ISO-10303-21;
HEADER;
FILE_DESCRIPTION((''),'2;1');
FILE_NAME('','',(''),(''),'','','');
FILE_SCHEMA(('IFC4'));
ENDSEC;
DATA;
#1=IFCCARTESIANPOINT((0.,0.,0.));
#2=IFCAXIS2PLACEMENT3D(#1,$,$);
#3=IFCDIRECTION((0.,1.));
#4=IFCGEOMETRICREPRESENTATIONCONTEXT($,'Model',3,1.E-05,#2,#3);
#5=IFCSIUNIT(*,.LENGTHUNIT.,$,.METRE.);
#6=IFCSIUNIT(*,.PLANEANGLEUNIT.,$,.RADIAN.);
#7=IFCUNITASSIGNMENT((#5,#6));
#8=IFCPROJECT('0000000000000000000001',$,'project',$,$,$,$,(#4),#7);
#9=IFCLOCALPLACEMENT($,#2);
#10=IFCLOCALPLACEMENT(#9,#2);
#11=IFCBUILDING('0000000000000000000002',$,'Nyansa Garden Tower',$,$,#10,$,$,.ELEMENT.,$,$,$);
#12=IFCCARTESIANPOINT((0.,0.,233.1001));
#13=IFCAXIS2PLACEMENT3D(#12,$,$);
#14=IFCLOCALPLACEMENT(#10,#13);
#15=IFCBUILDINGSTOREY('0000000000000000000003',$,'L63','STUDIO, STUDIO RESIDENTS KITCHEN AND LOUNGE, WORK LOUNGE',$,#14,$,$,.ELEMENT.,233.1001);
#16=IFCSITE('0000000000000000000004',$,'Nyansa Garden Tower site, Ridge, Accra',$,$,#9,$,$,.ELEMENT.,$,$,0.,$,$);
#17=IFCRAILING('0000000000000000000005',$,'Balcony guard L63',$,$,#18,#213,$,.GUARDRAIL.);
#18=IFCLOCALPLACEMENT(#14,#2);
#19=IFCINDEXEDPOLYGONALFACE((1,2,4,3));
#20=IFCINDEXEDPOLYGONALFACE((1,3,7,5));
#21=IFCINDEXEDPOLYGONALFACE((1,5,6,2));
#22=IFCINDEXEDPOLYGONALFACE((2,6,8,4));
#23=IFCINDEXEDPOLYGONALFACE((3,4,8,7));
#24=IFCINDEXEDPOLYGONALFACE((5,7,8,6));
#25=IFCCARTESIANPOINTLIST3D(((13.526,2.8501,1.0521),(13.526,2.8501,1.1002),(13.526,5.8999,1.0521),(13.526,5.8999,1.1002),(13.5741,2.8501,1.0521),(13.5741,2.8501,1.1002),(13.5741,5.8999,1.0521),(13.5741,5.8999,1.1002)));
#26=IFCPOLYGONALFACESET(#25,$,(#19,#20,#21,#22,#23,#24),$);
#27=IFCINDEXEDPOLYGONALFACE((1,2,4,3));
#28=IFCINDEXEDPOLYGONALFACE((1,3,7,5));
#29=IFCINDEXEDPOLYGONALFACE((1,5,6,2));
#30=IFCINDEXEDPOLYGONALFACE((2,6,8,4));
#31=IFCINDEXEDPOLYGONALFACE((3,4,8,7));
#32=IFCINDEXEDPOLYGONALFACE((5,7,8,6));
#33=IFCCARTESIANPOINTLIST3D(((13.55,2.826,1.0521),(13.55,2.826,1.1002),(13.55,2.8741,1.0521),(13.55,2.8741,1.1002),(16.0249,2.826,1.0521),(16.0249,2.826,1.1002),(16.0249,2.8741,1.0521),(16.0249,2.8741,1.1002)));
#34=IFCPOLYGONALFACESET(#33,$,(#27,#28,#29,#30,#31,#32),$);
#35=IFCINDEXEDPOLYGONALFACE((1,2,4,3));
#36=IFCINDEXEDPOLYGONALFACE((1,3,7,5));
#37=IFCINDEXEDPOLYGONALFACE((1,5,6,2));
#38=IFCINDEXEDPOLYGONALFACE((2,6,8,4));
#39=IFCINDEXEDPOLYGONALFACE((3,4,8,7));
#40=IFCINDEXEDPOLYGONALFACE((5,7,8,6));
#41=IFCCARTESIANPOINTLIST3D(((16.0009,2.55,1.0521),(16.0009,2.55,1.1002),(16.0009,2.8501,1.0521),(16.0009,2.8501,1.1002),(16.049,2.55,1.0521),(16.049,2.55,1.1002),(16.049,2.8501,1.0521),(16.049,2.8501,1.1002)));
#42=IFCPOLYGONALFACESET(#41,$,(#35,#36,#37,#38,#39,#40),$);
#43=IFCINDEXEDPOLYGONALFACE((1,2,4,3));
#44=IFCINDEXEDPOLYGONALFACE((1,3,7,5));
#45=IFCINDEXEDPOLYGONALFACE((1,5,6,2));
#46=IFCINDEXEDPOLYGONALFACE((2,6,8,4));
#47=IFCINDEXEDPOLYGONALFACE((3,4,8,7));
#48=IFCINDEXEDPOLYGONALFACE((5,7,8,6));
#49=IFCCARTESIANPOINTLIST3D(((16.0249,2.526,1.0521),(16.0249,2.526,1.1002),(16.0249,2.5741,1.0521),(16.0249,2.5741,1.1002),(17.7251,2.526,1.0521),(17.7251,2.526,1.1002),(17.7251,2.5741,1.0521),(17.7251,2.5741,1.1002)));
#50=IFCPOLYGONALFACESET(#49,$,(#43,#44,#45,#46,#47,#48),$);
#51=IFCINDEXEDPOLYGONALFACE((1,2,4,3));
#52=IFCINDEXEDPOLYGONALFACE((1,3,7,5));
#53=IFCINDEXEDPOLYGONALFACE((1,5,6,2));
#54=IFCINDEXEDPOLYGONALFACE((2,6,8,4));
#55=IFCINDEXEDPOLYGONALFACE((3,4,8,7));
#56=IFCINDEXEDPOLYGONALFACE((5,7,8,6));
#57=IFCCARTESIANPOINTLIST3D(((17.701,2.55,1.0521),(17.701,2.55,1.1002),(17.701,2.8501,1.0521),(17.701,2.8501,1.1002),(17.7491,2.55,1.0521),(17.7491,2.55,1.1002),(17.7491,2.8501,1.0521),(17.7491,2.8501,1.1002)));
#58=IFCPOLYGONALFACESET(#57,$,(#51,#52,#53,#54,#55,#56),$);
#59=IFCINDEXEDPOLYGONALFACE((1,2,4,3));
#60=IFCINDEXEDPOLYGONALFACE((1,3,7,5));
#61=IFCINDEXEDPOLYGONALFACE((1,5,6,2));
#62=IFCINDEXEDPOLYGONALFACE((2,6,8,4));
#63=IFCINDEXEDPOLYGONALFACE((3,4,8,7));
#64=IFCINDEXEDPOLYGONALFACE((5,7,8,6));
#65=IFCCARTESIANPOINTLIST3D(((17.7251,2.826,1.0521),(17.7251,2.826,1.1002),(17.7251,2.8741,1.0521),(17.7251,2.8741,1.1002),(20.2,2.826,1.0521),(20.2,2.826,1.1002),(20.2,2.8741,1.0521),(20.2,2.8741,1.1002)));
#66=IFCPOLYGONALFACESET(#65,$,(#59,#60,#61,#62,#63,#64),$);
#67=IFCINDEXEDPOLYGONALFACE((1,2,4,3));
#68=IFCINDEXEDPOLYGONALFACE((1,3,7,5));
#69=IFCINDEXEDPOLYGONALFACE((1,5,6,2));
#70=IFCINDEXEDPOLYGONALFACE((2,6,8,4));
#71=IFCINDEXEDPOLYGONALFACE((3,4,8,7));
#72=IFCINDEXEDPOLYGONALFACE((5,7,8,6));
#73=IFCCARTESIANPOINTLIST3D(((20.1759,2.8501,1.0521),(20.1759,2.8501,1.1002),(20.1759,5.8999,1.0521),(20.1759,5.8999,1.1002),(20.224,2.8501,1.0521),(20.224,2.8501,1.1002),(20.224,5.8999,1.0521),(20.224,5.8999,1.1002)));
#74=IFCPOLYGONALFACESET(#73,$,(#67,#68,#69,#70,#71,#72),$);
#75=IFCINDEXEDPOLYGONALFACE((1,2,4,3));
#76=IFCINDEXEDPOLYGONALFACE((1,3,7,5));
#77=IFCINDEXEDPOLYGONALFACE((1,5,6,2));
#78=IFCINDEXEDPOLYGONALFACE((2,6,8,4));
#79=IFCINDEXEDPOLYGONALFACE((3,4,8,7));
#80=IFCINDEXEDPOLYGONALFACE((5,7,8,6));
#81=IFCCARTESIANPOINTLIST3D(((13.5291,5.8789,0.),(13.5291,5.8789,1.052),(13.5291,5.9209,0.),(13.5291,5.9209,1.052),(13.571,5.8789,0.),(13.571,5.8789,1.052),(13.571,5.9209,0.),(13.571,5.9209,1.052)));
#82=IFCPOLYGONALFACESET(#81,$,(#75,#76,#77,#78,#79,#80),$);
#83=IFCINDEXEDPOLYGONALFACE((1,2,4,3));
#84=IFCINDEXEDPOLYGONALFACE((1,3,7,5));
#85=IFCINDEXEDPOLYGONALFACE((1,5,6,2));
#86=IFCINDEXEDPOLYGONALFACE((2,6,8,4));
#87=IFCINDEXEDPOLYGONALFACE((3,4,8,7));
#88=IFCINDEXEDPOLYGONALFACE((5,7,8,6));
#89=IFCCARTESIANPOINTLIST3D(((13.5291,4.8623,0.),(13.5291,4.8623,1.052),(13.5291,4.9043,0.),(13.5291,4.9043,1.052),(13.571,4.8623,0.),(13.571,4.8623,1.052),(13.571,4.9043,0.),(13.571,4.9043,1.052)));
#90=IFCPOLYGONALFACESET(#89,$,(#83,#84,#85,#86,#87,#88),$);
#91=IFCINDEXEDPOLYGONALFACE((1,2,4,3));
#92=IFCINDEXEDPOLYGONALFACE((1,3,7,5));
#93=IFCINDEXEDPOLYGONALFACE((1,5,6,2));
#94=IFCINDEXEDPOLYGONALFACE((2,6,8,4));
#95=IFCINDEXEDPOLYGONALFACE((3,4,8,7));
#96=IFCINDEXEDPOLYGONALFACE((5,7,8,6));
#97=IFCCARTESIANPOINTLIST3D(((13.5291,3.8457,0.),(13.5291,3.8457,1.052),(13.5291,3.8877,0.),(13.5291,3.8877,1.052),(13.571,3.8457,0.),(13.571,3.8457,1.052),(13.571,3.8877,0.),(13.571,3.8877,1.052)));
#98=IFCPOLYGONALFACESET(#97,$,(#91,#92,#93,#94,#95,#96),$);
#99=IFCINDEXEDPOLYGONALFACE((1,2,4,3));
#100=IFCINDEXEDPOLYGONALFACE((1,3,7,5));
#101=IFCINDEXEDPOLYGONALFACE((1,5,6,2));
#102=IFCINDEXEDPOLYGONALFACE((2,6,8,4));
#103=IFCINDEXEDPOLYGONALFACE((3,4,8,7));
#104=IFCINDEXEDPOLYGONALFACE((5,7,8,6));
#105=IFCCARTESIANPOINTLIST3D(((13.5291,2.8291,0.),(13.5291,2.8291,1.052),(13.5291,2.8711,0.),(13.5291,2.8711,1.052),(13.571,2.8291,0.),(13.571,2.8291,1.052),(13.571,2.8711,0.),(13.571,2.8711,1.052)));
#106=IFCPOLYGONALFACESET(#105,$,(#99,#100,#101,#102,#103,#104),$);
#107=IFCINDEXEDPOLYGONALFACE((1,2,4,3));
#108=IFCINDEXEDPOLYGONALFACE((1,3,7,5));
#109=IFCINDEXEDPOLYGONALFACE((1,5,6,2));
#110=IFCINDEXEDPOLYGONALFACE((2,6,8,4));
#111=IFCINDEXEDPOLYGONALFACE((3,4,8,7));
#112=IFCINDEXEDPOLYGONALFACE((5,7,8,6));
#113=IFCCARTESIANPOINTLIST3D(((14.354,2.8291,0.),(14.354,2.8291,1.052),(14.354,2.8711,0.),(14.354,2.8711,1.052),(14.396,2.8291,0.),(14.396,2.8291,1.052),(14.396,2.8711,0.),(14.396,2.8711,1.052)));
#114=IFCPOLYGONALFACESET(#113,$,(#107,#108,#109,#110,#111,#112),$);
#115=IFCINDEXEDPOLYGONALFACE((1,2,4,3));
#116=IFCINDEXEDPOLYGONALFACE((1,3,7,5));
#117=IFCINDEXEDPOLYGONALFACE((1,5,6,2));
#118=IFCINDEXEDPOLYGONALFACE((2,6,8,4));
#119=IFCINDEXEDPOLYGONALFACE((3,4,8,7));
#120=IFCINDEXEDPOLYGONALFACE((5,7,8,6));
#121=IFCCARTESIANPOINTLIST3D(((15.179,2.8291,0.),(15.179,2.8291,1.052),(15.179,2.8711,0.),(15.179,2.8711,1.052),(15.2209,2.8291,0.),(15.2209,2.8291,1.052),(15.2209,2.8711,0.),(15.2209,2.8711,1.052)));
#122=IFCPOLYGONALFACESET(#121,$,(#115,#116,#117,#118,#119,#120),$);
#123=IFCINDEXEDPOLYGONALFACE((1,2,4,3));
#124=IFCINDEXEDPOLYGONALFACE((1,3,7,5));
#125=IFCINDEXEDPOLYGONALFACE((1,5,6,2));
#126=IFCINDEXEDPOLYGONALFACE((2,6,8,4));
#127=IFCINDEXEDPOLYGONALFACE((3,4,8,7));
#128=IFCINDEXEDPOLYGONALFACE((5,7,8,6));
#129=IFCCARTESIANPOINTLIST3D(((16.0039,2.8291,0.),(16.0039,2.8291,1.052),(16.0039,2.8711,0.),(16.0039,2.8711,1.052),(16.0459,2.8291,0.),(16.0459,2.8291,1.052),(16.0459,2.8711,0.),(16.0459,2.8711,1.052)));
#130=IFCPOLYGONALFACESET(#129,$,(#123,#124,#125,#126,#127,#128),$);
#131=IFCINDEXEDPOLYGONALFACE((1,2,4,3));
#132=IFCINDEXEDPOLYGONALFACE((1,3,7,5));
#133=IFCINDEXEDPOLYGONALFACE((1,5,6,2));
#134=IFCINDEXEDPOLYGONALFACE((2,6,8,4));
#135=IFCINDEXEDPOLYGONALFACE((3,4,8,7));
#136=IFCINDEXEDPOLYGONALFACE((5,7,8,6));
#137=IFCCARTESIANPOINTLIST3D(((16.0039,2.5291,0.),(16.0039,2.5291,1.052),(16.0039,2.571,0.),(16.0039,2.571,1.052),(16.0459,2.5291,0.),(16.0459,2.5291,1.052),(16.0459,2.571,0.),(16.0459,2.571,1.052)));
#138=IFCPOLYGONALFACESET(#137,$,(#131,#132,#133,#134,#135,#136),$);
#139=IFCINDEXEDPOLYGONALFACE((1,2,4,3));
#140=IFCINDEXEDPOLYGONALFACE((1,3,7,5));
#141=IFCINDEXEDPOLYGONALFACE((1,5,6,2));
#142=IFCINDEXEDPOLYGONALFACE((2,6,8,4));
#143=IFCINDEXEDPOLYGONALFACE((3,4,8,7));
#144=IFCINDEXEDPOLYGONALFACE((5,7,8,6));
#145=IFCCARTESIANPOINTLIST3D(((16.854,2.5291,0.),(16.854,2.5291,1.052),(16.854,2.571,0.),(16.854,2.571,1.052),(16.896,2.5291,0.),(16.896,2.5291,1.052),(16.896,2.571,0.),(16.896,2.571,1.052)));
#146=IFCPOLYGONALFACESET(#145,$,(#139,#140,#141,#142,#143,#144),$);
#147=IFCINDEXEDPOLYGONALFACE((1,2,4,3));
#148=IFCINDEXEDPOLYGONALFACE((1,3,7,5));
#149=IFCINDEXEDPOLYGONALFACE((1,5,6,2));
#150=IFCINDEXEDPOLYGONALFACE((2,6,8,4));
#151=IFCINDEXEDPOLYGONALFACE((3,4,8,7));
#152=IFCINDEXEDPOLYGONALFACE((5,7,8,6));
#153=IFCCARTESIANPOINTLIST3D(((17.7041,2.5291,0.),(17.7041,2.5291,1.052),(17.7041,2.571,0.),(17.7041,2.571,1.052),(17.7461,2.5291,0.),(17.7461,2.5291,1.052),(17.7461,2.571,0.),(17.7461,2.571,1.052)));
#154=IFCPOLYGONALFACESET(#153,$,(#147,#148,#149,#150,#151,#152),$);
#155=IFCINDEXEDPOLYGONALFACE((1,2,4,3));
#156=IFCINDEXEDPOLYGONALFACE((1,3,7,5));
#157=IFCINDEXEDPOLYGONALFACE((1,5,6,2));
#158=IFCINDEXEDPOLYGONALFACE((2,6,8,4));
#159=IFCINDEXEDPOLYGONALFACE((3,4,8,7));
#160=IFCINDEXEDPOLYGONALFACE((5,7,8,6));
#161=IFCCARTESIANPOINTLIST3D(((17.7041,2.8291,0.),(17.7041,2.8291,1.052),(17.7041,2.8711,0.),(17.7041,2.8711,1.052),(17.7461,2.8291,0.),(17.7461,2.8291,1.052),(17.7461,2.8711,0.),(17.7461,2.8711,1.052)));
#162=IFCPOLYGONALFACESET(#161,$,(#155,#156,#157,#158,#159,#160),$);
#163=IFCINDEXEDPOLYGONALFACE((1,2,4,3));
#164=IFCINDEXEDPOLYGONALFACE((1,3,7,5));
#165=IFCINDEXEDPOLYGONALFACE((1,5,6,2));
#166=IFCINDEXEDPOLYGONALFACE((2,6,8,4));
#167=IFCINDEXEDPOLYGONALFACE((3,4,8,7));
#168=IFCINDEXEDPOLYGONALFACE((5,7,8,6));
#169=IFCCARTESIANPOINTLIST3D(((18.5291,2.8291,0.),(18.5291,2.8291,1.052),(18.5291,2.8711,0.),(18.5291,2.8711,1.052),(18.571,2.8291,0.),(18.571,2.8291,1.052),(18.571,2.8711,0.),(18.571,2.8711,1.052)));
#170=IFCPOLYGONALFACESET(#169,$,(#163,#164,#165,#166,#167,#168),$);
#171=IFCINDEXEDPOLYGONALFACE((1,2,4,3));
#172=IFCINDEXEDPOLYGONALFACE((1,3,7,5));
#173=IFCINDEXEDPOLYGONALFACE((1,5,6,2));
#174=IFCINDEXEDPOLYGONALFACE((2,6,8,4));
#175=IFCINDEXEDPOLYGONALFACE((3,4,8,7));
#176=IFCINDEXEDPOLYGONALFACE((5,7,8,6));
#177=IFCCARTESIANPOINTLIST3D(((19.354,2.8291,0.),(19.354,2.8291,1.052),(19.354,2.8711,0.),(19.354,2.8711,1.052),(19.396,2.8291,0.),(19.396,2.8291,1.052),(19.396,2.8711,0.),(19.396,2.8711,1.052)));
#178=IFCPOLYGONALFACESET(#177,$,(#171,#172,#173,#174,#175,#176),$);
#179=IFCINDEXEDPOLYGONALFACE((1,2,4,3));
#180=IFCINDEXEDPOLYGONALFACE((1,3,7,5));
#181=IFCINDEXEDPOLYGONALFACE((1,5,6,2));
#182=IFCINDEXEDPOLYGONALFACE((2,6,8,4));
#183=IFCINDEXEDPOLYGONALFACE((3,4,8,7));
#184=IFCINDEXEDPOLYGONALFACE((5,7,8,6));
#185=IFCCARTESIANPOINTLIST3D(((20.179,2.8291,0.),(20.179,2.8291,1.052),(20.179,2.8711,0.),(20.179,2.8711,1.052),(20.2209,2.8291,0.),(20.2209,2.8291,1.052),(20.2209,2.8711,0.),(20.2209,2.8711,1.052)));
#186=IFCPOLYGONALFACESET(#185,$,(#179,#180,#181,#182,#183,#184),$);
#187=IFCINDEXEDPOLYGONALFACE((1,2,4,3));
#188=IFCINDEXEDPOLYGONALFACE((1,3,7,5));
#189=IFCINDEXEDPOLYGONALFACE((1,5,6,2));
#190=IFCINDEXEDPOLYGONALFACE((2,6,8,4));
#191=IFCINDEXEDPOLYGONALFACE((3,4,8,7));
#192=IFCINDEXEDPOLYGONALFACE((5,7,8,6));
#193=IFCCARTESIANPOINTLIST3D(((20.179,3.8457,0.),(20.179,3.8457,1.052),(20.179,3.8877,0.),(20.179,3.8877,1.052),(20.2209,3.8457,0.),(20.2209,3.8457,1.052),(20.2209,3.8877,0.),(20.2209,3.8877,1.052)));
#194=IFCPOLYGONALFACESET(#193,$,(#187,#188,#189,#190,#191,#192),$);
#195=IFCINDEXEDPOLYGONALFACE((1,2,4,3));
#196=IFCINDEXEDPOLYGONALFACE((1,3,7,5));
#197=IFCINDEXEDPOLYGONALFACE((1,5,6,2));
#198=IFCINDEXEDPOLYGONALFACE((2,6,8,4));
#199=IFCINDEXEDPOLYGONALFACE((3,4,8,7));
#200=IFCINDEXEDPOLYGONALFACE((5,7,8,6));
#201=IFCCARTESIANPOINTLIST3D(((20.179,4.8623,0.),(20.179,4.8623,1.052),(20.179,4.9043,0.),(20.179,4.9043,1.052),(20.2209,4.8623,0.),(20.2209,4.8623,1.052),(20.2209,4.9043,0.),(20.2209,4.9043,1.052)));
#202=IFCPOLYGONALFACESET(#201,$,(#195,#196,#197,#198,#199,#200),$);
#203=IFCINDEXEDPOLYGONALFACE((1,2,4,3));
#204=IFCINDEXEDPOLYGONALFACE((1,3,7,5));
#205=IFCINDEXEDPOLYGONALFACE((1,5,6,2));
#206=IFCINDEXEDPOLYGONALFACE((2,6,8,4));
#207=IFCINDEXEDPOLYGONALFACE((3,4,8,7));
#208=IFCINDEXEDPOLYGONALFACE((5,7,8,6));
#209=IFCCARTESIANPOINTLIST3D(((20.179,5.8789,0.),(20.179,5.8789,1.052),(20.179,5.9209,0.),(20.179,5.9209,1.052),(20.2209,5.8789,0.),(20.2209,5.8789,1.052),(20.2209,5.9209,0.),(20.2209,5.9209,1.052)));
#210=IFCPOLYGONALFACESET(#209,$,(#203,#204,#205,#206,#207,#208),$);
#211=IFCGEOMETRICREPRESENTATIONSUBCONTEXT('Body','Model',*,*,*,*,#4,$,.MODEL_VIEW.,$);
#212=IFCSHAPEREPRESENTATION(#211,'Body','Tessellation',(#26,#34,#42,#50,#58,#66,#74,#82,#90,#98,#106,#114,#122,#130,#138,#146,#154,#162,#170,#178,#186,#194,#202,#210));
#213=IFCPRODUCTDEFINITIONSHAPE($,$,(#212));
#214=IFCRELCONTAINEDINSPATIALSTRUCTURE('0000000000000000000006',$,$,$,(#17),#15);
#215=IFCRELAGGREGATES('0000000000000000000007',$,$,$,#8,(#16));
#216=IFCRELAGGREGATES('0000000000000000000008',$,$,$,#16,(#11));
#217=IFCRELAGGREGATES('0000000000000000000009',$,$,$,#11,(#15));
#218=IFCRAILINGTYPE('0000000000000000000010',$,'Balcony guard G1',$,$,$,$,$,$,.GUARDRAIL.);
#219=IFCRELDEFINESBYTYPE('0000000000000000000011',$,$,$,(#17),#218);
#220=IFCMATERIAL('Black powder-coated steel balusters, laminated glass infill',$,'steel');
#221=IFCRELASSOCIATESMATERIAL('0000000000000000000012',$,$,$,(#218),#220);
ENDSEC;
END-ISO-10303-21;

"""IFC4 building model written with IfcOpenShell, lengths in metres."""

from ifc_helpers import new_model, si_unit, direction, frame, origin, origin_2d, place, context, subcontext, project, spatial, rectangle, extrude, material, type_object, element, save


model = new_model("IFC4")

# Units and contexts
model_context = context("Model", 3, precision=1e-05, world=origin(), true_north=direction((0.0, 1.0)))
body_context = subcontext(model_context, "Body", "Model", "MODEL_VIEW")
ifc_project = project(units=[si_unit("LENGTHUNIT", "METRE"), si_unit("PLANEANGLEUNIT", "RADIAN")], contexts=[model_context])

# Site, building, storey
site_placement = place(None, origin())
site = spatial("IfcSite", under=ifc_project, at=site_placement, Name="Nyansa Garden Tower site, Ridge, Accra", CompositionType="ELEMENT", RefElevation=0.0)
building_placement = place(site_placement, origin())
building = spatial("IfcBuilding", under=site, at=building_placement, Name="Nyansa Garden Tower", CompositionType="ELEMENT")
storey_placement = place(building_placement, frame((0.0, 0.0, 233.1001)))
storey = spatial("IfcBuildingStorey", under=building, at=storey_placement, Name="L63", Description="STUDIO, STUDIO RESIDENTS KITCHEN AND LOUNGE, WORK LOUNGE", CompositionType="ELEMENT", Elevation=233.1001)

# Railing
ifc_material_1 = material(Name="Black powder-coated steel balusters, laminated glass infill", Category="steel")
railing_type = type_object("IfcRailingType", Name="Balcony guard G1", PredefinedType="GUARDRAIL", material=ifc_material_1)
railing_placement = place(storey_placement, frame((13.55, 5.8999, 0.0)))
element("IfcRailing", 1, at=railing_placement, inside=storey, type_object=railing_type, Name="Balcony guard L63", PredefinedType="GUARDRAIL", context=body_context, shape_type="SweptSolid", body=[
    extrude(rectangle(XDim=0.0481, YDim=0.0481, at=origin_2d()), frame((0.0, 0.0, 1.0762), z_axis=(0.0, -1.0, 0.0), x_axis=(1.0, 0.0, 0.0)), (0.0, 0.0, 1.0), 3.0498),
    extrude(rectangle(XDim=0.0481, YDim=0.0481, at=origin_2d()), frame((0.0, -3.0498, 1.0762), z_axis=(1.0, 0.0, 0.0), x_axis=(0.0, 1.0, 0.0)), (0.0, 0.0, 1.0), 2.4749),
    extrude(rectangle(XDim=0.0481, YDim=0.0481, at=origin_2d()), frame((2.4749, -3.0498, 1.0762), z_axis=(0.0, -1.0, 0.0), x_axis=(1.0, 0.0, 0.0)), (0.0, 0.0, 1.0), 0.3),
    extrude(rectangle(XDim=0.0481, YDim=0.0481, at=origin_2d()), frame((2.4749, -3.3499, 1.0762), z_axis=(1.0, 0.0, 0.0), x_axis=(0.0, 1.0, 0.0)), (0.0, 0.0, 1.0), 1.7002),
    extrude(rectangle(XDim=0.0481, YDim=0.0481, at=origin_2d()), frame((4.175, -3.3499, 1.0762), z_axis=(0.0, 1.0, 0.0), x_axis=(-1.0, 0.0, 0.0)), (0.0, 0.0, 1.0), 0.3),
    extrude(rectangle(XDim=0.0481, YDim=0.0481, at=origin_2d()), frame((4.175, -3.0498, 1.0762), z_axis=(1.0, 0.0, 0.0), x_axis=(0.0, 1.0, 0.0)), (0.0, 0.0, 1.0), 2.4749),
    extrude(rectangle(XDim=0.0481, YDim=0.0481, at=origin_2d()), frame((6.6499, -3.0498, 1.0762), z_axis=(0.0, 1.0, 0.0), x_axis=(-1.0, 0.0, 0.0)), (0.0, 0.0, 1.0), 3.0498),
    extrude(rectangle(XDim=0.042, YDim=0.042, at=origin_2d()), origin(), (0.0, 0.0, 1.0), 1.052),
    extrude(rectangle(XDim=0.042, YDim=0.042, at=origin_2d()), frame((0.0, -1.0166, 0.0)), (0.0, 0.0, 1.0), 1.052),
    extrude(rectangle(XDim=0.042, YDim=0.042, at=origin_2d()), frame((0.0, -2.0332, 0.0)), (0.0, 0.0, 1.0), 1.052),
    extrude(rectangle(XDim=0.042, YDim=0.042, at=origin_2d()), frame((0.0, -3.0498, 0.0)), (0.0, 0.0, 1.0), 1.052),
    extrude(rectangle(XDim=0.042, YDim=0.042, at=origin_2d()), frame((0.825, -3.0498, 0.0)), (0.0, 0.0, 1.0), 1.052),
    extrude(rectangle(XDim=0.042, YDim=0.042, at=origin_2d()), frame((1.6499, -3.0498, 0.0)), (0.0, 0.0, 1.0), 1.052),
    extrude(rectangle(XDim=0.042, YDim=0.042, at=origin_2d()), frame((2.4749, -3.0498, 0.0)), (0.0, 0.0, 1.0), 1.052),
    extrude(rectangle(XDim=0.042, YDim=0.042, at=origin_2d()), frame((2.4749, -3.3499, 0.0)), (0.0, 0.0, 1.0), 1.052),
    extrude(rectangle(XDim=0.042, YDim=0.042, at=origin_2d()), frame((3.325, -3.3499, 0.0)), (0.0, 0.0, 1.0), 1.052),
    extrude(rectangle(XDim=0.042, YDim=0.042, at=origin_2d()), frame((4.175, -3.3499, 0.0)), (0.0, 0.0, 1.0), 1.052),
    extrude(rectangle(XDim=0.042, YDim=0.042, at=origin_2d()), frame((4.175, -3.0498, 0.0)), (0.0, 0.0, 1.0), 1.052),
    extrude(rectangle(XDim=0.042, YDim=0.042, at=origin_2d()), frame((5.0, -3.0498, 0.0)), (0.0, 0.0, 1.0), 1.052),
    extrude(rectangle(XDim=0.042, YDim=0.042, at=origin_2d()), frame((5.825, -3.0498, 0.0)), (0.0, 0.0, 1.0), 1.052),
    extrude(rectangle(XDim=0.042, YDim=0.042, at=origin_2d()), frame((6.6499, -3.0498, 0.0)), (0.0, 0.0, 1.0), 1.052),
    extrude(rectangle(XDim=0.042, YDim=0.042, at=origin_2d()), frame((6.6499, -2.0332, 0.0)), (0.0, 0.0, 1.0), 1.052),
    extrude(rectangle(XDim=0.042, YDim=0.042, at=origin_2d()), frame((6.6499, -1.0166, 0.0)), (0.0, 0.0, 1.0), 1.052),
    extrude(rectangle(XDim=0.042, YDim=0.042, at=origin_2d()), frame((6.6499, 0.0, 0.0)), (0.0, 0.0, 1.0), 1.052),
])

save(model, "model.ifc")
